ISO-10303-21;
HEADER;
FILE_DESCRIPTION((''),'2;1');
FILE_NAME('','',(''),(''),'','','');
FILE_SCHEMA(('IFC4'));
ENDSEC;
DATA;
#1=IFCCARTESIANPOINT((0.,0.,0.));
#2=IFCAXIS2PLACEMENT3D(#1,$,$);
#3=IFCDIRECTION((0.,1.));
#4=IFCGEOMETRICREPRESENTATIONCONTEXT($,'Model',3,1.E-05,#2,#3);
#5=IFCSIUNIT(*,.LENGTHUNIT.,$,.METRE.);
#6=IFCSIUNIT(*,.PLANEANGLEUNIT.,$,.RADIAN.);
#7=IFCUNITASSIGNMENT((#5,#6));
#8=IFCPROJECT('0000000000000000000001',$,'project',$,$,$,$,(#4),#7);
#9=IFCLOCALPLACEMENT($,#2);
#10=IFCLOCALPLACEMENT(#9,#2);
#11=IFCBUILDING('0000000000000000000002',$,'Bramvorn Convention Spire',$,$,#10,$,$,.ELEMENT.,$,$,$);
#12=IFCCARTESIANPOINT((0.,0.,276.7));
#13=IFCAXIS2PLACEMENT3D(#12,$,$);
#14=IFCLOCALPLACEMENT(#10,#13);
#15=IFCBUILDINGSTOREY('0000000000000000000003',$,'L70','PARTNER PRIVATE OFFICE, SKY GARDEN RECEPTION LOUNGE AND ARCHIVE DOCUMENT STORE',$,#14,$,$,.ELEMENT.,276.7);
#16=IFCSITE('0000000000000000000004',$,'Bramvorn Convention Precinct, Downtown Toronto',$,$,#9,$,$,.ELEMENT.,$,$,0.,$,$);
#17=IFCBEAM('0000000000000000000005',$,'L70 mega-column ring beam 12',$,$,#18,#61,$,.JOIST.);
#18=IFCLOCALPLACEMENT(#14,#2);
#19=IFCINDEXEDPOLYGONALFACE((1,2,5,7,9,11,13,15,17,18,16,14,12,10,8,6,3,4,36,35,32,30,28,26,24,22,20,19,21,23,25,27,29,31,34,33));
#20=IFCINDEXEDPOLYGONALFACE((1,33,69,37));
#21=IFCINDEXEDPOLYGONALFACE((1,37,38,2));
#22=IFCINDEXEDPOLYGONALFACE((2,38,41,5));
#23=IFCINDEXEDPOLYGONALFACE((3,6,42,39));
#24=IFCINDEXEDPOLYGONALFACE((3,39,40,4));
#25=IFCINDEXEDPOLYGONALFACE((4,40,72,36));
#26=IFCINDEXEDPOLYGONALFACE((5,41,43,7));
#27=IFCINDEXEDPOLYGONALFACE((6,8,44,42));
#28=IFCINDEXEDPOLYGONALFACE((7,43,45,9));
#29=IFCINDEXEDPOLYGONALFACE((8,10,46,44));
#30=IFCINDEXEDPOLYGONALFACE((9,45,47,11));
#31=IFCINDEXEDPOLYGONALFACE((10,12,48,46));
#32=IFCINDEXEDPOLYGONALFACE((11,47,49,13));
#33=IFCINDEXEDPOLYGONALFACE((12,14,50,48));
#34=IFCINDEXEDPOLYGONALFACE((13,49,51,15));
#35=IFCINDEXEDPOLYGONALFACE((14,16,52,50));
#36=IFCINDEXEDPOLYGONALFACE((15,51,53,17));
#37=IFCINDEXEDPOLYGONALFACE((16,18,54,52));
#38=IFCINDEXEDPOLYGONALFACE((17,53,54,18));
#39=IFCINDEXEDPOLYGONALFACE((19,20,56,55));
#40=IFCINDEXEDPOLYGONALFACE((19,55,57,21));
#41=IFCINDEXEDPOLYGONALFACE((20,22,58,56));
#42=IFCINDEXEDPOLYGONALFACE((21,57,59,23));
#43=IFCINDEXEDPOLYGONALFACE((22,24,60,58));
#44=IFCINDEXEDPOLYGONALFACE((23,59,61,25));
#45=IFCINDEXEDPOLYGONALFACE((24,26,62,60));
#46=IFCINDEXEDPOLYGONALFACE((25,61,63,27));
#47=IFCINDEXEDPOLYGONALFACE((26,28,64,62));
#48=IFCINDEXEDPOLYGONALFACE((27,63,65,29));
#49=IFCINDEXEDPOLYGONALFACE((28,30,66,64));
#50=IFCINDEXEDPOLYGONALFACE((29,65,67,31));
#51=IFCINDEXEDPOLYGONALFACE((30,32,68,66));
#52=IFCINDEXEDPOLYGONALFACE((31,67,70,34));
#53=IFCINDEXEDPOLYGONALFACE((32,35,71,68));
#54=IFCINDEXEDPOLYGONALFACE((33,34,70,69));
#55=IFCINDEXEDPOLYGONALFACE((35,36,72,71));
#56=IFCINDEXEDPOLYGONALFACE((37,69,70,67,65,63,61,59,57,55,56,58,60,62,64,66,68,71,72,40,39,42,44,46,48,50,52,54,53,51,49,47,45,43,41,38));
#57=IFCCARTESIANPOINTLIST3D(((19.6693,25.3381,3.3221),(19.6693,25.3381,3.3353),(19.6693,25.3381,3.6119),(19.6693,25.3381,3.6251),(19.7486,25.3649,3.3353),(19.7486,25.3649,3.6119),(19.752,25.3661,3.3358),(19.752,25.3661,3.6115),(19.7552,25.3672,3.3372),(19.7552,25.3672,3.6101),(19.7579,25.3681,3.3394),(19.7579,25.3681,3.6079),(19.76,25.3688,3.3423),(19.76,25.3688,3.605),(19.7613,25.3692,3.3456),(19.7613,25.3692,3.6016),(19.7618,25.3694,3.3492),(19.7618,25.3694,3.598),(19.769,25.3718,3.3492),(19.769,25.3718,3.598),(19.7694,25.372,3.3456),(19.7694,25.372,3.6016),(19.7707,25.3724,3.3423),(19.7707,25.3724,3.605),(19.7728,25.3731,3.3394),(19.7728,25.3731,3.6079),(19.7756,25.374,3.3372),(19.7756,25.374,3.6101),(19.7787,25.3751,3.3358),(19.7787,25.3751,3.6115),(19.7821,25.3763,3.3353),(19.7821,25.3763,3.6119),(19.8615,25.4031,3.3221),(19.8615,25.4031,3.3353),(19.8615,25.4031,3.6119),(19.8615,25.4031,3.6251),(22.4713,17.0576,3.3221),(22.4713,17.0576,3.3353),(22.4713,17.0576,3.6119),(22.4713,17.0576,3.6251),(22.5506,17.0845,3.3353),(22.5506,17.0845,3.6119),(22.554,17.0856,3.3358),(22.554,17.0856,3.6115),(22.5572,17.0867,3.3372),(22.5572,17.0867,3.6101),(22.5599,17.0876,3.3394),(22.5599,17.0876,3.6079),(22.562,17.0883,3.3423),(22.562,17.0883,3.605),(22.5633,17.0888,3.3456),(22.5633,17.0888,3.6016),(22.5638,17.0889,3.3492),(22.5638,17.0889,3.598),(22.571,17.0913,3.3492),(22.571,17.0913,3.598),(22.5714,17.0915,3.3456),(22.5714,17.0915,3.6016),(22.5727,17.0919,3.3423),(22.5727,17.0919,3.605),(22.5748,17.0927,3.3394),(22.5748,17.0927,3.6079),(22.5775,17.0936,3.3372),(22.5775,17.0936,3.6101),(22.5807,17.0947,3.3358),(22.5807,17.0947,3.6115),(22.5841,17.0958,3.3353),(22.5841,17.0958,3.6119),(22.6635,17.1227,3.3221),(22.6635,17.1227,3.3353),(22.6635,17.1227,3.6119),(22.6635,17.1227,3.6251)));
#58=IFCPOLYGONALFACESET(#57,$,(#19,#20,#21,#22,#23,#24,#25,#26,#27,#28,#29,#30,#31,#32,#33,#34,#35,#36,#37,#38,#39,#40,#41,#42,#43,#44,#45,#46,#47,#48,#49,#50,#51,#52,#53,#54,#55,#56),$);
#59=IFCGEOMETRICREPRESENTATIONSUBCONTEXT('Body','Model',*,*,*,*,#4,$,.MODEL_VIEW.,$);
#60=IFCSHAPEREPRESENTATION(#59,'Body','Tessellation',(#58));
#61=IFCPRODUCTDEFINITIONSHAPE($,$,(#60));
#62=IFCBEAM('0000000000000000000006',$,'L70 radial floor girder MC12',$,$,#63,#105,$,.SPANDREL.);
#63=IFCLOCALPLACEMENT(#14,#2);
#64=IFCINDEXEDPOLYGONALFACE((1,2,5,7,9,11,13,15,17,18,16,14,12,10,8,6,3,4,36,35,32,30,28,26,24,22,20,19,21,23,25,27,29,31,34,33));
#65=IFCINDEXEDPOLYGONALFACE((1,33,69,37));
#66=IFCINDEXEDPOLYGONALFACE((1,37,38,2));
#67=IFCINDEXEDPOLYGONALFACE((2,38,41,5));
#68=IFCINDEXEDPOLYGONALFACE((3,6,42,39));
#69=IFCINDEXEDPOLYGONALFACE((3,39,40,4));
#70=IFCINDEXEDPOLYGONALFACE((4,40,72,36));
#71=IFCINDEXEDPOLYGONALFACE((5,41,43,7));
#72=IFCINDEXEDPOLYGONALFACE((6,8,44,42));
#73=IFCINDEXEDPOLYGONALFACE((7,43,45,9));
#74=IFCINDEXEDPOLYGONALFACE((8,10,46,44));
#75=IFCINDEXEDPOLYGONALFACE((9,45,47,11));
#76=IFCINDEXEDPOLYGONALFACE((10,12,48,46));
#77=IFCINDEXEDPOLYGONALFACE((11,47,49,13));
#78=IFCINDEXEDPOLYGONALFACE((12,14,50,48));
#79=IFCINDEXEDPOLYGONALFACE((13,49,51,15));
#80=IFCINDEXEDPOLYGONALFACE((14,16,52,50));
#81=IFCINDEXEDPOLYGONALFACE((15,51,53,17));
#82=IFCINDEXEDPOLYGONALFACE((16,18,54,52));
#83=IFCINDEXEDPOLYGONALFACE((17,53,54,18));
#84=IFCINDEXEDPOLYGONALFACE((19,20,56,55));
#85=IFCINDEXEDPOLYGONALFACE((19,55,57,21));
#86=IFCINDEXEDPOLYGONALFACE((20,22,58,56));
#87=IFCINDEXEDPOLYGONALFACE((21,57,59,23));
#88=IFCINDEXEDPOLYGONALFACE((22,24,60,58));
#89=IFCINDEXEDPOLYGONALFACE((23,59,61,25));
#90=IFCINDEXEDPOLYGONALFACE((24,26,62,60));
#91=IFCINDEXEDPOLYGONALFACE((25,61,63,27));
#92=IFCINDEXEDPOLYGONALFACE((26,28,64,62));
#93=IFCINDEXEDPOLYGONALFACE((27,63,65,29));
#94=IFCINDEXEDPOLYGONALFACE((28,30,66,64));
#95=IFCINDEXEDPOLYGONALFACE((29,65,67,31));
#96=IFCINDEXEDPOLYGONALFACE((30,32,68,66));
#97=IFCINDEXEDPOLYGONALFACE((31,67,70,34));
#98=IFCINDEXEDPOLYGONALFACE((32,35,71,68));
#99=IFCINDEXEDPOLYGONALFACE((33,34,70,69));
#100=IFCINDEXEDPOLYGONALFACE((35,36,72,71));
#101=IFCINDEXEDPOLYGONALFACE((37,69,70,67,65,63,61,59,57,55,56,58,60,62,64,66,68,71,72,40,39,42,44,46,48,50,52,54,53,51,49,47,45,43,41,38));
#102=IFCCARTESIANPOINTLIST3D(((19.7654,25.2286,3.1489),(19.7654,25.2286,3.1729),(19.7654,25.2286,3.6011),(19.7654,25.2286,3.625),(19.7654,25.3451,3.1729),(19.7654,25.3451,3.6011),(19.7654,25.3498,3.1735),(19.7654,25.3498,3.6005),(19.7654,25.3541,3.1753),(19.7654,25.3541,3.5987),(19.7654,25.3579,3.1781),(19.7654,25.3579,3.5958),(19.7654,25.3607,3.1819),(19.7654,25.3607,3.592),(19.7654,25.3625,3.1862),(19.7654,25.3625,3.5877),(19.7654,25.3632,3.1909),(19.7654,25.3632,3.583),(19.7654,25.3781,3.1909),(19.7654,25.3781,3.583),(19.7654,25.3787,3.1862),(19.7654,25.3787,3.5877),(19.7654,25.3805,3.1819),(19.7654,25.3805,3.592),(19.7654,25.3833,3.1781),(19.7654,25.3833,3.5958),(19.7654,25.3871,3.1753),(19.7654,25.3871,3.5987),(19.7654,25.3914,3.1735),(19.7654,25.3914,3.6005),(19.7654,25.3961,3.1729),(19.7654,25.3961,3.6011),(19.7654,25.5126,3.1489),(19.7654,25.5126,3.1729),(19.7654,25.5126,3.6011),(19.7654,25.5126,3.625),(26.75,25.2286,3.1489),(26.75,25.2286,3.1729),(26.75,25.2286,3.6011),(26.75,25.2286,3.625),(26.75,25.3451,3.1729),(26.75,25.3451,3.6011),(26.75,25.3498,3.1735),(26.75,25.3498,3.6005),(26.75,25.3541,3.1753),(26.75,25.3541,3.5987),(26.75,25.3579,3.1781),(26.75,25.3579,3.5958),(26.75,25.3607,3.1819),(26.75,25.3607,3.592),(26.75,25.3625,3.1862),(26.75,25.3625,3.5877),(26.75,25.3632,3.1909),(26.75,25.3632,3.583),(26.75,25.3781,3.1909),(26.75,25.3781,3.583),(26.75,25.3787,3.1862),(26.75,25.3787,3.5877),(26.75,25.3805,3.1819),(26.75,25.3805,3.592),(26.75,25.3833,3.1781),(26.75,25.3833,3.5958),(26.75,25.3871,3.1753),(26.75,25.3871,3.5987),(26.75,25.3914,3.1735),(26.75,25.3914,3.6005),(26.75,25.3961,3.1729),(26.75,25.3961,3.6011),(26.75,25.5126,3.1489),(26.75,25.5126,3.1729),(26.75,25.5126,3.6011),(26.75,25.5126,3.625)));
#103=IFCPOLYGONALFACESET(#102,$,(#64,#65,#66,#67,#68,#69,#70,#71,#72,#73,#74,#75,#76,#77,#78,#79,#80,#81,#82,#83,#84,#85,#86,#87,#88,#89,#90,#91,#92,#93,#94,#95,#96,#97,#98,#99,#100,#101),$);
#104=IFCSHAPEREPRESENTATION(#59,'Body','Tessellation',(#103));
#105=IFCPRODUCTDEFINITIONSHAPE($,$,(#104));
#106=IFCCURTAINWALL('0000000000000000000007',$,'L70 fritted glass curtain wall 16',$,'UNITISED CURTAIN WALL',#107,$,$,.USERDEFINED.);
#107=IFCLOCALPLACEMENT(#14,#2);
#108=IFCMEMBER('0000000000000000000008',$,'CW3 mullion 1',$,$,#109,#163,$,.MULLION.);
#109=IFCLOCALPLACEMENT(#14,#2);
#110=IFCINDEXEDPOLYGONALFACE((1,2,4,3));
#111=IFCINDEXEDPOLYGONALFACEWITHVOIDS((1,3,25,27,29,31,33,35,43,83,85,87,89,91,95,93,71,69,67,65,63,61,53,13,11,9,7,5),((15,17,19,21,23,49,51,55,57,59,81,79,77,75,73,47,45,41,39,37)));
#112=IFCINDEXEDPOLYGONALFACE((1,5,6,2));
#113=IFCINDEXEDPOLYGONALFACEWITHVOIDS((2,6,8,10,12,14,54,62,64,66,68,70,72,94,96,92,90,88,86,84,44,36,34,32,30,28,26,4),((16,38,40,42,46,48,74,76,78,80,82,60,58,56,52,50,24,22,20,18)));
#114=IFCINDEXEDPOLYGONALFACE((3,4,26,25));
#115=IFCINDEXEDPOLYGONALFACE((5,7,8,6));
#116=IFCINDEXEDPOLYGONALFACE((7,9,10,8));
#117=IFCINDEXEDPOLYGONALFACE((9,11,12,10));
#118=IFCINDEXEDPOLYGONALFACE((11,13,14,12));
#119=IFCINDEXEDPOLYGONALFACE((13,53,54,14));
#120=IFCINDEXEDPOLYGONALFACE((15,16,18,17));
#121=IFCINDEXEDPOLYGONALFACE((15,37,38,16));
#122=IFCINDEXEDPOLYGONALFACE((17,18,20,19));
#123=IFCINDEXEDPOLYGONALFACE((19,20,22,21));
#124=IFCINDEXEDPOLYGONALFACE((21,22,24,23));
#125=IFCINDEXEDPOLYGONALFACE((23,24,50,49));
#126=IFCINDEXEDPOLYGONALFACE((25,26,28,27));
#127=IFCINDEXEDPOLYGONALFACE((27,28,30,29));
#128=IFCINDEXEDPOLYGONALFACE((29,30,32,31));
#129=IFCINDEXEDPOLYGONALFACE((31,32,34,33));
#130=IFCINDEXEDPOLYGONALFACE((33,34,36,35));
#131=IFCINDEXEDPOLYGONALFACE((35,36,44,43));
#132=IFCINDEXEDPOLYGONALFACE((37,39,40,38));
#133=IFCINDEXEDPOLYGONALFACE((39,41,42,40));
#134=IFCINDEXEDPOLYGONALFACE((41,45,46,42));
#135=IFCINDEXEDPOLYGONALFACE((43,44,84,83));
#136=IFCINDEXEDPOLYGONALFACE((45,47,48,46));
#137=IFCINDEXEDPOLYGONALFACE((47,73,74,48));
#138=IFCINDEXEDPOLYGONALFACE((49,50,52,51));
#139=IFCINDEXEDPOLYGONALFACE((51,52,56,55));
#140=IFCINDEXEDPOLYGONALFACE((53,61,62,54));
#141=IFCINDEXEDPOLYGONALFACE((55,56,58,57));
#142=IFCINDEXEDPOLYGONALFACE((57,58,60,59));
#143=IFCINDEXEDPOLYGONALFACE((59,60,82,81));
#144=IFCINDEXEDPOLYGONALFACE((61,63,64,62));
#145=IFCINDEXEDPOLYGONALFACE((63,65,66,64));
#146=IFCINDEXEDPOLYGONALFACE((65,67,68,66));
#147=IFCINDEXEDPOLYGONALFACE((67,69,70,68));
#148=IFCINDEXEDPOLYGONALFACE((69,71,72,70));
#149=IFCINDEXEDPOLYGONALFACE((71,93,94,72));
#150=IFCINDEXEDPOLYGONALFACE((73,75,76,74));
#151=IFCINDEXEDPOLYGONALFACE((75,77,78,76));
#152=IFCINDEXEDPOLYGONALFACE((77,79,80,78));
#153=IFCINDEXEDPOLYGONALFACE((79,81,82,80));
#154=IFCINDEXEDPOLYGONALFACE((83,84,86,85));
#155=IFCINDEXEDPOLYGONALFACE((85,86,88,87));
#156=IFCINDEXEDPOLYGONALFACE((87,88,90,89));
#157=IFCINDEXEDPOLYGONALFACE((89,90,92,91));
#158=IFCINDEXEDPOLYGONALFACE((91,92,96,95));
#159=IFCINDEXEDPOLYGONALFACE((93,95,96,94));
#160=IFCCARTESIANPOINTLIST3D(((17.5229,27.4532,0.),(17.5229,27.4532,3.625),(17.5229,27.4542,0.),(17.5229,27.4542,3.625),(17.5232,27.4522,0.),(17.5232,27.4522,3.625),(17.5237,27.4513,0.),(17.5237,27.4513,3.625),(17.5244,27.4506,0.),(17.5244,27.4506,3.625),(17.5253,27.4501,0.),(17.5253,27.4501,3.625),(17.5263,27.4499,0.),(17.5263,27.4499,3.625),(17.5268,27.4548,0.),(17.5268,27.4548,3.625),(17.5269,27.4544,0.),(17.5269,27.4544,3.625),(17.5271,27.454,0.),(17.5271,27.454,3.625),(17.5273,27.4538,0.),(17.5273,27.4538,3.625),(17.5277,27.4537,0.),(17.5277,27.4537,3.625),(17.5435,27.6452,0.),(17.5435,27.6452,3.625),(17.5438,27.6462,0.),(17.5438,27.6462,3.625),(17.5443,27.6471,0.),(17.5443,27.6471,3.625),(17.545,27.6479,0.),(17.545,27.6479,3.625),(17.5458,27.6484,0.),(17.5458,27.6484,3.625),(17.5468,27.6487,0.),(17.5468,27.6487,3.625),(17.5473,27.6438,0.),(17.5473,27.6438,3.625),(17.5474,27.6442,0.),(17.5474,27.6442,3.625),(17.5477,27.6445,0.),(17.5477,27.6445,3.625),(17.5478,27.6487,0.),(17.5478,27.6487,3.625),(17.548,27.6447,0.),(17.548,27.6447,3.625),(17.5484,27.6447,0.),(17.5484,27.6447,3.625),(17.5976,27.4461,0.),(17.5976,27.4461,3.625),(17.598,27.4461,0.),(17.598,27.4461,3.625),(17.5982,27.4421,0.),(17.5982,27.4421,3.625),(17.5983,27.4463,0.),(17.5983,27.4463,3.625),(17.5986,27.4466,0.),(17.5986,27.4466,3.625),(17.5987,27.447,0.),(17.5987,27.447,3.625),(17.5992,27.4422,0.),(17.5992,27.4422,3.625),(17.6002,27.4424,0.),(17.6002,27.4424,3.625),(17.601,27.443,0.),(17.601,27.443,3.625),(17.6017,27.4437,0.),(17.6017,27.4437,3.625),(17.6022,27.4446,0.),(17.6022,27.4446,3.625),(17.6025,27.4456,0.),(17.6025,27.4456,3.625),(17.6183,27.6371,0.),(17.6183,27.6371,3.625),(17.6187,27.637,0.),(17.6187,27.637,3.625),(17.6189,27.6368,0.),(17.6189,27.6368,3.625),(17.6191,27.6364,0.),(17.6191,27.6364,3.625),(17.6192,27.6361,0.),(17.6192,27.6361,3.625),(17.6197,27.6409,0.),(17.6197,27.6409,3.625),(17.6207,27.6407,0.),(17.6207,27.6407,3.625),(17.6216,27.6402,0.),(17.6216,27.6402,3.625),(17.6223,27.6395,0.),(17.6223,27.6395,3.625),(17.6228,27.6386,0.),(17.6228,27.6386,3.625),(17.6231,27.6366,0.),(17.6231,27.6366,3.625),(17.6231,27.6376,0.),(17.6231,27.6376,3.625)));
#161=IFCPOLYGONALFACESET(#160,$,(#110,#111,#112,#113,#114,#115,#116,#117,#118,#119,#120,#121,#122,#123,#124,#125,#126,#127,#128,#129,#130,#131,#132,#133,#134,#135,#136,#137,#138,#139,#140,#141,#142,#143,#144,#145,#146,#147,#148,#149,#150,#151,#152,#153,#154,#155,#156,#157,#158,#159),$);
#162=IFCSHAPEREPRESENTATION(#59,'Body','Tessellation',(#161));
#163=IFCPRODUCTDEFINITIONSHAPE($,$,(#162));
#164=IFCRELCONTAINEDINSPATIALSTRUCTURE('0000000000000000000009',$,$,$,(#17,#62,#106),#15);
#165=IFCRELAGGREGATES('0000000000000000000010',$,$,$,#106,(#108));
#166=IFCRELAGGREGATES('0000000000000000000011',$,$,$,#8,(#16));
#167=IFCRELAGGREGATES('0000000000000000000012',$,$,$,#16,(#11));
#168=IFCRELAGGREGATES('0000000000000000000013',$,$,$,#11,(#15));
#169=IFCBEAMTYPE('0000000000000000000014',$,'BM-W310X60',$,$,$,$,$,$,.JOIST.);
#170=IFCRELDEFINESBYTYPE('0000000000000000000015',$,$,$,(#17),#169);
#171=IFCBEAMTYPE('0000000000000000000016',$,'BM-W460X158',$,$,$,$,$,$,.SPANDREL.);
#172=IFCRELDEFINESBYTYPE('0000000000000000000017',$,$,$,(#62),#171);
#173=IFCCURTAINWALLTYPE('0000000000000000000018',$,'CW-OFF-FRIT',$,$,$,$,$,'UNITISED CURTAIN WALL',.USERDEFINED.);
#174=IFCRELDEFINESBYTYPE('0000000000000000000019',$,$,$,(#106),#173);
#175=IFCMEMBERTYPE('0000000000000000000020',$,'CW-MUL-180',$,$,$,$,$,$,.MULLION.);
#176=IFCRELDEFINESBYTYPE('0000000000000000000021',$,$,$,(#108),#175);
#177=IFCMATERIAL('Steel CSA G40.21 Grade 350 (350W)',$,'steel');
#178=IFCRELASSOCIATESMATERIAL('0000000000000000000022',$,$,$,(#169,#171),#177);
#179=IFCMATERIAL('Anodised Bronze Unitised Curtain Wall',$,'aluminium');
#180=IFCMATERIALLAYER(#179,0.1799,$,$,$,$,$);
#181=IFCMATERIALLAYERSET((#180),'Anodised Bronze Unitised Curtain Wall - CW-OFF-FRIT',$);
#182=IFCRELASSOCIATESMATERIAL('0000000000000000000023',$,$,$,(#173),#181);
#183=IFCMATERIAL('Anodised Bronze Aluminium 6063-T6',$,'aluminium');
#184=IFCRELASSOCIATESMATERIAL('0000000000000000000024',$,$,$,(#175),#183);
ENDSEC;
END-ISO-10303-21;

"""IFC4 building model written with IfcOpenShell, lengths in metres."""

from ifc_helpers import new_model, si_unit, direction, frame, origin, origin_2d, place, context, subcontext, project, spatial, hollow_rectangle, i_section, extrude, material, layer, layer_set, material_profile, profile_set, type_object, element, aggregate, save


model = new_model("IFC4")

# Units and contexts
model_context = context("Model", 3, precision=1e-05, world=origin(), true_north=direction((0.0, 1.0)))
body_context = subcontext(model_context, "Body", "Model", "MODEL_VIEW")
ifc_project = project(units=[si_unit("LENGTHUNIT", "METRE"), si_unit("PLANEANGLEUNIT", "RADIAN")], contexts=[model_context])

# Site, building, storey
site_placement = place(None, origin())
site = spatial("IfcSite", under=ifc_project, at=site_placement, Name="Bramvorn Convention Precinct, Downtown Toronto", CompositionType="ELEMENT", RefElevation=0.0)
building_placement = place(site_placement, origin())
building = spatial("IfcBuilding", under=site, at=building_placement, Name="Bramvorn Convention Spire", CompositionType="ELEMENT")
storey_placement = place(building_placement, frame((0.0, 0.0, 276.7)))
storey = spatial("IfcBuildingStorey", under=building, at=storey_placement, Name="L70", Description="PARTNER PRIVATE OFFICE, SKY GARDEN RECEPTION LOUNGE AND ARCHIVE DOCUMENT STORE", CompositionType="ELEMENT", Elevation=276.7)

# Shared definitions
ifc_material_1 = material(Name="Steel CSA G40.21 Grade 350 (350W)", Category="steel")

# Beams
ifc_material_profile_1 = material_profile(ifc_material_1, i_section(OverallWidth=0.2029, OverallDepth=0.303, WebThickness=0.0076, FlangeThickness=0.0132, FilletRadius=0.0139, at=origin_2d()))
ifc_profile_set_1 = profile_set([ifc_material_profile_1], Name="Steel CSA G40.21 Grade 350 (350W) - W310X60")
beam_type_1 = type_object("IfcBeamType", Name="BM-W310X60", PredefinedType="JOIST", material=ifc_profile_set_1)
beam_1_placement = place(storey_placement, frame((19.7654, 25.3706, 3.4736), z_axis=(0.320531, -0.947238, 0.0), x_axis=(0.947238, 0.320531, 0.0)))
element("IfcBeam", 1, at=beam_1_placement, inside=storey, type_object=beam_type_1, Name="L70 mega-column ring beam 12", PredefinedType="JOIST", context=body_context, shape_type="SweptSolid", body=[
    extrude(i_section(OverallWidth=0.2029, OverallDepth=0.303, WebThickness=0.0076, FlangeThickness=0.0132, FilletRadius=0.0139, at=origin_2d()), origin(), (0.0, 0.0, 1.0), 8.7417),
])
ifc_material_profile_2 = material_profile(ifc_material_1, i_section(OverallWidth=0.2839, OverallDepth=0.4761, WebThickness=0.0149, FlangeThickness=0.0239, FilletRadius=0.0181, at=origin_2d()))
ifc_profile_set_2 = profile_set([ifc_material_profile_2], Name="Steel CSA G40.21 Grade 350 (350W) - W460X158")
beam_type_2 = type_object("IfcBeamType", Name="BM-W460X158", PredefinedType="SPANDREL", material=ifc_profile_set_2)
beam_2_placement = place(storey_placement, frame((26.75, 25.3706, 3.387), z_axis=(-1.0, 0.0, 0.0), x_axis=(0.0, -1.0, 0.0)))
element("IfcBeam", 2, at=beam_2_placement, inside=storey, type_object=beam_type_2, Name="L70 radial floor girder MC12", PredefinedType="SPANDREL", context=body_context, shape_type="SweptSolid", body=[
    extrude(i_section(OverallWidth=0.2839, OverallDepth=0.4761, WebThickness=0.0149, FlangeThickness=0.0239, FilletRadius=0.0181, at=origin_2d()), origin(), (0.0, 0.0, 1.0), 6.9846),
])

# Curtain wall, member
ifc_material_2 = material(Name="Anodised Bronze Unitised Curtain Wall", Category="aluminium")
ifc_layer_1 = layer(ifc_material_2, 0.1799)
ifc_layer_set_1 = layer_set([ifc_layer_1], Name="Anodised Bronze Unitised Curtain Wall - CW-OFF-FRIT")
curtain_wall_type = type_object("IfcCurtainWallType", Name="CW-OFF-FRIT", ElementType="UNITISED CURTAIN WALL", PredefinedType="USERDEFINED", material=ifc_layer_set_1)
curtain_wall_placement = place(storey_placement, origin())
curtain_wall = element("IfcCurtainWall", 3, at=curtain_wall_placement, inside=storey, type_object=curtain_wall_type, Name="L70 fritted glass curtain wall 16", ObjectType="UNITISED CURTAIN WALL", PredefinedType="USERDEFINED")
ifc_material_3 = material(Name="Anodised Bronze Aluminium 6063-T6", Category="aluminium")
ifc_material_profile_3 = material_profile(ifc_material_3, hollow_rectangle(XDim=0.0801, YDim=0.2, WallThickness=0.0039, InnerFilletRadius=0.001, OuterFilletRadius=0.0039, at=origin_2d()))
ifc_profile_set_3 = profile_set([ifc_material_profile_3], Name="Anodised Bronze Aluminium 6063-T6 - CWM80X200")
member_type_1 = type_object("IfcMemberType", Name="CW-MUL-180", PredefinedType="MULLION", material=ifc_profile_set_3)
member_1_placement = place(storey_placement, frame((17.573, 27.5454, 0.0), z_axis=(0.0, 0.0, 1.0), x_axis=(-0.994192, 0.107624, 0.0)))
member_1 = element("IfcMember", 4, at=member_1_placement, type_object=member_type_1, Name="CW3 mullion 1", PredefinedType="MULLION", context=body_context, shape_type="SweptSolid", body=[
    extrude(hollow_rectangle(XDim=0.0801, YDim=0.2, WallThickness=0.0039, InnerFilletRadius=0.001, OuterFilletRadius=0.0039, at=origin_2d()), origin(), (0.0, 0.0, 1.0), 3.625),
])

aggregate(curtain_wall, [member_1])

save(model, "model.ifc")
